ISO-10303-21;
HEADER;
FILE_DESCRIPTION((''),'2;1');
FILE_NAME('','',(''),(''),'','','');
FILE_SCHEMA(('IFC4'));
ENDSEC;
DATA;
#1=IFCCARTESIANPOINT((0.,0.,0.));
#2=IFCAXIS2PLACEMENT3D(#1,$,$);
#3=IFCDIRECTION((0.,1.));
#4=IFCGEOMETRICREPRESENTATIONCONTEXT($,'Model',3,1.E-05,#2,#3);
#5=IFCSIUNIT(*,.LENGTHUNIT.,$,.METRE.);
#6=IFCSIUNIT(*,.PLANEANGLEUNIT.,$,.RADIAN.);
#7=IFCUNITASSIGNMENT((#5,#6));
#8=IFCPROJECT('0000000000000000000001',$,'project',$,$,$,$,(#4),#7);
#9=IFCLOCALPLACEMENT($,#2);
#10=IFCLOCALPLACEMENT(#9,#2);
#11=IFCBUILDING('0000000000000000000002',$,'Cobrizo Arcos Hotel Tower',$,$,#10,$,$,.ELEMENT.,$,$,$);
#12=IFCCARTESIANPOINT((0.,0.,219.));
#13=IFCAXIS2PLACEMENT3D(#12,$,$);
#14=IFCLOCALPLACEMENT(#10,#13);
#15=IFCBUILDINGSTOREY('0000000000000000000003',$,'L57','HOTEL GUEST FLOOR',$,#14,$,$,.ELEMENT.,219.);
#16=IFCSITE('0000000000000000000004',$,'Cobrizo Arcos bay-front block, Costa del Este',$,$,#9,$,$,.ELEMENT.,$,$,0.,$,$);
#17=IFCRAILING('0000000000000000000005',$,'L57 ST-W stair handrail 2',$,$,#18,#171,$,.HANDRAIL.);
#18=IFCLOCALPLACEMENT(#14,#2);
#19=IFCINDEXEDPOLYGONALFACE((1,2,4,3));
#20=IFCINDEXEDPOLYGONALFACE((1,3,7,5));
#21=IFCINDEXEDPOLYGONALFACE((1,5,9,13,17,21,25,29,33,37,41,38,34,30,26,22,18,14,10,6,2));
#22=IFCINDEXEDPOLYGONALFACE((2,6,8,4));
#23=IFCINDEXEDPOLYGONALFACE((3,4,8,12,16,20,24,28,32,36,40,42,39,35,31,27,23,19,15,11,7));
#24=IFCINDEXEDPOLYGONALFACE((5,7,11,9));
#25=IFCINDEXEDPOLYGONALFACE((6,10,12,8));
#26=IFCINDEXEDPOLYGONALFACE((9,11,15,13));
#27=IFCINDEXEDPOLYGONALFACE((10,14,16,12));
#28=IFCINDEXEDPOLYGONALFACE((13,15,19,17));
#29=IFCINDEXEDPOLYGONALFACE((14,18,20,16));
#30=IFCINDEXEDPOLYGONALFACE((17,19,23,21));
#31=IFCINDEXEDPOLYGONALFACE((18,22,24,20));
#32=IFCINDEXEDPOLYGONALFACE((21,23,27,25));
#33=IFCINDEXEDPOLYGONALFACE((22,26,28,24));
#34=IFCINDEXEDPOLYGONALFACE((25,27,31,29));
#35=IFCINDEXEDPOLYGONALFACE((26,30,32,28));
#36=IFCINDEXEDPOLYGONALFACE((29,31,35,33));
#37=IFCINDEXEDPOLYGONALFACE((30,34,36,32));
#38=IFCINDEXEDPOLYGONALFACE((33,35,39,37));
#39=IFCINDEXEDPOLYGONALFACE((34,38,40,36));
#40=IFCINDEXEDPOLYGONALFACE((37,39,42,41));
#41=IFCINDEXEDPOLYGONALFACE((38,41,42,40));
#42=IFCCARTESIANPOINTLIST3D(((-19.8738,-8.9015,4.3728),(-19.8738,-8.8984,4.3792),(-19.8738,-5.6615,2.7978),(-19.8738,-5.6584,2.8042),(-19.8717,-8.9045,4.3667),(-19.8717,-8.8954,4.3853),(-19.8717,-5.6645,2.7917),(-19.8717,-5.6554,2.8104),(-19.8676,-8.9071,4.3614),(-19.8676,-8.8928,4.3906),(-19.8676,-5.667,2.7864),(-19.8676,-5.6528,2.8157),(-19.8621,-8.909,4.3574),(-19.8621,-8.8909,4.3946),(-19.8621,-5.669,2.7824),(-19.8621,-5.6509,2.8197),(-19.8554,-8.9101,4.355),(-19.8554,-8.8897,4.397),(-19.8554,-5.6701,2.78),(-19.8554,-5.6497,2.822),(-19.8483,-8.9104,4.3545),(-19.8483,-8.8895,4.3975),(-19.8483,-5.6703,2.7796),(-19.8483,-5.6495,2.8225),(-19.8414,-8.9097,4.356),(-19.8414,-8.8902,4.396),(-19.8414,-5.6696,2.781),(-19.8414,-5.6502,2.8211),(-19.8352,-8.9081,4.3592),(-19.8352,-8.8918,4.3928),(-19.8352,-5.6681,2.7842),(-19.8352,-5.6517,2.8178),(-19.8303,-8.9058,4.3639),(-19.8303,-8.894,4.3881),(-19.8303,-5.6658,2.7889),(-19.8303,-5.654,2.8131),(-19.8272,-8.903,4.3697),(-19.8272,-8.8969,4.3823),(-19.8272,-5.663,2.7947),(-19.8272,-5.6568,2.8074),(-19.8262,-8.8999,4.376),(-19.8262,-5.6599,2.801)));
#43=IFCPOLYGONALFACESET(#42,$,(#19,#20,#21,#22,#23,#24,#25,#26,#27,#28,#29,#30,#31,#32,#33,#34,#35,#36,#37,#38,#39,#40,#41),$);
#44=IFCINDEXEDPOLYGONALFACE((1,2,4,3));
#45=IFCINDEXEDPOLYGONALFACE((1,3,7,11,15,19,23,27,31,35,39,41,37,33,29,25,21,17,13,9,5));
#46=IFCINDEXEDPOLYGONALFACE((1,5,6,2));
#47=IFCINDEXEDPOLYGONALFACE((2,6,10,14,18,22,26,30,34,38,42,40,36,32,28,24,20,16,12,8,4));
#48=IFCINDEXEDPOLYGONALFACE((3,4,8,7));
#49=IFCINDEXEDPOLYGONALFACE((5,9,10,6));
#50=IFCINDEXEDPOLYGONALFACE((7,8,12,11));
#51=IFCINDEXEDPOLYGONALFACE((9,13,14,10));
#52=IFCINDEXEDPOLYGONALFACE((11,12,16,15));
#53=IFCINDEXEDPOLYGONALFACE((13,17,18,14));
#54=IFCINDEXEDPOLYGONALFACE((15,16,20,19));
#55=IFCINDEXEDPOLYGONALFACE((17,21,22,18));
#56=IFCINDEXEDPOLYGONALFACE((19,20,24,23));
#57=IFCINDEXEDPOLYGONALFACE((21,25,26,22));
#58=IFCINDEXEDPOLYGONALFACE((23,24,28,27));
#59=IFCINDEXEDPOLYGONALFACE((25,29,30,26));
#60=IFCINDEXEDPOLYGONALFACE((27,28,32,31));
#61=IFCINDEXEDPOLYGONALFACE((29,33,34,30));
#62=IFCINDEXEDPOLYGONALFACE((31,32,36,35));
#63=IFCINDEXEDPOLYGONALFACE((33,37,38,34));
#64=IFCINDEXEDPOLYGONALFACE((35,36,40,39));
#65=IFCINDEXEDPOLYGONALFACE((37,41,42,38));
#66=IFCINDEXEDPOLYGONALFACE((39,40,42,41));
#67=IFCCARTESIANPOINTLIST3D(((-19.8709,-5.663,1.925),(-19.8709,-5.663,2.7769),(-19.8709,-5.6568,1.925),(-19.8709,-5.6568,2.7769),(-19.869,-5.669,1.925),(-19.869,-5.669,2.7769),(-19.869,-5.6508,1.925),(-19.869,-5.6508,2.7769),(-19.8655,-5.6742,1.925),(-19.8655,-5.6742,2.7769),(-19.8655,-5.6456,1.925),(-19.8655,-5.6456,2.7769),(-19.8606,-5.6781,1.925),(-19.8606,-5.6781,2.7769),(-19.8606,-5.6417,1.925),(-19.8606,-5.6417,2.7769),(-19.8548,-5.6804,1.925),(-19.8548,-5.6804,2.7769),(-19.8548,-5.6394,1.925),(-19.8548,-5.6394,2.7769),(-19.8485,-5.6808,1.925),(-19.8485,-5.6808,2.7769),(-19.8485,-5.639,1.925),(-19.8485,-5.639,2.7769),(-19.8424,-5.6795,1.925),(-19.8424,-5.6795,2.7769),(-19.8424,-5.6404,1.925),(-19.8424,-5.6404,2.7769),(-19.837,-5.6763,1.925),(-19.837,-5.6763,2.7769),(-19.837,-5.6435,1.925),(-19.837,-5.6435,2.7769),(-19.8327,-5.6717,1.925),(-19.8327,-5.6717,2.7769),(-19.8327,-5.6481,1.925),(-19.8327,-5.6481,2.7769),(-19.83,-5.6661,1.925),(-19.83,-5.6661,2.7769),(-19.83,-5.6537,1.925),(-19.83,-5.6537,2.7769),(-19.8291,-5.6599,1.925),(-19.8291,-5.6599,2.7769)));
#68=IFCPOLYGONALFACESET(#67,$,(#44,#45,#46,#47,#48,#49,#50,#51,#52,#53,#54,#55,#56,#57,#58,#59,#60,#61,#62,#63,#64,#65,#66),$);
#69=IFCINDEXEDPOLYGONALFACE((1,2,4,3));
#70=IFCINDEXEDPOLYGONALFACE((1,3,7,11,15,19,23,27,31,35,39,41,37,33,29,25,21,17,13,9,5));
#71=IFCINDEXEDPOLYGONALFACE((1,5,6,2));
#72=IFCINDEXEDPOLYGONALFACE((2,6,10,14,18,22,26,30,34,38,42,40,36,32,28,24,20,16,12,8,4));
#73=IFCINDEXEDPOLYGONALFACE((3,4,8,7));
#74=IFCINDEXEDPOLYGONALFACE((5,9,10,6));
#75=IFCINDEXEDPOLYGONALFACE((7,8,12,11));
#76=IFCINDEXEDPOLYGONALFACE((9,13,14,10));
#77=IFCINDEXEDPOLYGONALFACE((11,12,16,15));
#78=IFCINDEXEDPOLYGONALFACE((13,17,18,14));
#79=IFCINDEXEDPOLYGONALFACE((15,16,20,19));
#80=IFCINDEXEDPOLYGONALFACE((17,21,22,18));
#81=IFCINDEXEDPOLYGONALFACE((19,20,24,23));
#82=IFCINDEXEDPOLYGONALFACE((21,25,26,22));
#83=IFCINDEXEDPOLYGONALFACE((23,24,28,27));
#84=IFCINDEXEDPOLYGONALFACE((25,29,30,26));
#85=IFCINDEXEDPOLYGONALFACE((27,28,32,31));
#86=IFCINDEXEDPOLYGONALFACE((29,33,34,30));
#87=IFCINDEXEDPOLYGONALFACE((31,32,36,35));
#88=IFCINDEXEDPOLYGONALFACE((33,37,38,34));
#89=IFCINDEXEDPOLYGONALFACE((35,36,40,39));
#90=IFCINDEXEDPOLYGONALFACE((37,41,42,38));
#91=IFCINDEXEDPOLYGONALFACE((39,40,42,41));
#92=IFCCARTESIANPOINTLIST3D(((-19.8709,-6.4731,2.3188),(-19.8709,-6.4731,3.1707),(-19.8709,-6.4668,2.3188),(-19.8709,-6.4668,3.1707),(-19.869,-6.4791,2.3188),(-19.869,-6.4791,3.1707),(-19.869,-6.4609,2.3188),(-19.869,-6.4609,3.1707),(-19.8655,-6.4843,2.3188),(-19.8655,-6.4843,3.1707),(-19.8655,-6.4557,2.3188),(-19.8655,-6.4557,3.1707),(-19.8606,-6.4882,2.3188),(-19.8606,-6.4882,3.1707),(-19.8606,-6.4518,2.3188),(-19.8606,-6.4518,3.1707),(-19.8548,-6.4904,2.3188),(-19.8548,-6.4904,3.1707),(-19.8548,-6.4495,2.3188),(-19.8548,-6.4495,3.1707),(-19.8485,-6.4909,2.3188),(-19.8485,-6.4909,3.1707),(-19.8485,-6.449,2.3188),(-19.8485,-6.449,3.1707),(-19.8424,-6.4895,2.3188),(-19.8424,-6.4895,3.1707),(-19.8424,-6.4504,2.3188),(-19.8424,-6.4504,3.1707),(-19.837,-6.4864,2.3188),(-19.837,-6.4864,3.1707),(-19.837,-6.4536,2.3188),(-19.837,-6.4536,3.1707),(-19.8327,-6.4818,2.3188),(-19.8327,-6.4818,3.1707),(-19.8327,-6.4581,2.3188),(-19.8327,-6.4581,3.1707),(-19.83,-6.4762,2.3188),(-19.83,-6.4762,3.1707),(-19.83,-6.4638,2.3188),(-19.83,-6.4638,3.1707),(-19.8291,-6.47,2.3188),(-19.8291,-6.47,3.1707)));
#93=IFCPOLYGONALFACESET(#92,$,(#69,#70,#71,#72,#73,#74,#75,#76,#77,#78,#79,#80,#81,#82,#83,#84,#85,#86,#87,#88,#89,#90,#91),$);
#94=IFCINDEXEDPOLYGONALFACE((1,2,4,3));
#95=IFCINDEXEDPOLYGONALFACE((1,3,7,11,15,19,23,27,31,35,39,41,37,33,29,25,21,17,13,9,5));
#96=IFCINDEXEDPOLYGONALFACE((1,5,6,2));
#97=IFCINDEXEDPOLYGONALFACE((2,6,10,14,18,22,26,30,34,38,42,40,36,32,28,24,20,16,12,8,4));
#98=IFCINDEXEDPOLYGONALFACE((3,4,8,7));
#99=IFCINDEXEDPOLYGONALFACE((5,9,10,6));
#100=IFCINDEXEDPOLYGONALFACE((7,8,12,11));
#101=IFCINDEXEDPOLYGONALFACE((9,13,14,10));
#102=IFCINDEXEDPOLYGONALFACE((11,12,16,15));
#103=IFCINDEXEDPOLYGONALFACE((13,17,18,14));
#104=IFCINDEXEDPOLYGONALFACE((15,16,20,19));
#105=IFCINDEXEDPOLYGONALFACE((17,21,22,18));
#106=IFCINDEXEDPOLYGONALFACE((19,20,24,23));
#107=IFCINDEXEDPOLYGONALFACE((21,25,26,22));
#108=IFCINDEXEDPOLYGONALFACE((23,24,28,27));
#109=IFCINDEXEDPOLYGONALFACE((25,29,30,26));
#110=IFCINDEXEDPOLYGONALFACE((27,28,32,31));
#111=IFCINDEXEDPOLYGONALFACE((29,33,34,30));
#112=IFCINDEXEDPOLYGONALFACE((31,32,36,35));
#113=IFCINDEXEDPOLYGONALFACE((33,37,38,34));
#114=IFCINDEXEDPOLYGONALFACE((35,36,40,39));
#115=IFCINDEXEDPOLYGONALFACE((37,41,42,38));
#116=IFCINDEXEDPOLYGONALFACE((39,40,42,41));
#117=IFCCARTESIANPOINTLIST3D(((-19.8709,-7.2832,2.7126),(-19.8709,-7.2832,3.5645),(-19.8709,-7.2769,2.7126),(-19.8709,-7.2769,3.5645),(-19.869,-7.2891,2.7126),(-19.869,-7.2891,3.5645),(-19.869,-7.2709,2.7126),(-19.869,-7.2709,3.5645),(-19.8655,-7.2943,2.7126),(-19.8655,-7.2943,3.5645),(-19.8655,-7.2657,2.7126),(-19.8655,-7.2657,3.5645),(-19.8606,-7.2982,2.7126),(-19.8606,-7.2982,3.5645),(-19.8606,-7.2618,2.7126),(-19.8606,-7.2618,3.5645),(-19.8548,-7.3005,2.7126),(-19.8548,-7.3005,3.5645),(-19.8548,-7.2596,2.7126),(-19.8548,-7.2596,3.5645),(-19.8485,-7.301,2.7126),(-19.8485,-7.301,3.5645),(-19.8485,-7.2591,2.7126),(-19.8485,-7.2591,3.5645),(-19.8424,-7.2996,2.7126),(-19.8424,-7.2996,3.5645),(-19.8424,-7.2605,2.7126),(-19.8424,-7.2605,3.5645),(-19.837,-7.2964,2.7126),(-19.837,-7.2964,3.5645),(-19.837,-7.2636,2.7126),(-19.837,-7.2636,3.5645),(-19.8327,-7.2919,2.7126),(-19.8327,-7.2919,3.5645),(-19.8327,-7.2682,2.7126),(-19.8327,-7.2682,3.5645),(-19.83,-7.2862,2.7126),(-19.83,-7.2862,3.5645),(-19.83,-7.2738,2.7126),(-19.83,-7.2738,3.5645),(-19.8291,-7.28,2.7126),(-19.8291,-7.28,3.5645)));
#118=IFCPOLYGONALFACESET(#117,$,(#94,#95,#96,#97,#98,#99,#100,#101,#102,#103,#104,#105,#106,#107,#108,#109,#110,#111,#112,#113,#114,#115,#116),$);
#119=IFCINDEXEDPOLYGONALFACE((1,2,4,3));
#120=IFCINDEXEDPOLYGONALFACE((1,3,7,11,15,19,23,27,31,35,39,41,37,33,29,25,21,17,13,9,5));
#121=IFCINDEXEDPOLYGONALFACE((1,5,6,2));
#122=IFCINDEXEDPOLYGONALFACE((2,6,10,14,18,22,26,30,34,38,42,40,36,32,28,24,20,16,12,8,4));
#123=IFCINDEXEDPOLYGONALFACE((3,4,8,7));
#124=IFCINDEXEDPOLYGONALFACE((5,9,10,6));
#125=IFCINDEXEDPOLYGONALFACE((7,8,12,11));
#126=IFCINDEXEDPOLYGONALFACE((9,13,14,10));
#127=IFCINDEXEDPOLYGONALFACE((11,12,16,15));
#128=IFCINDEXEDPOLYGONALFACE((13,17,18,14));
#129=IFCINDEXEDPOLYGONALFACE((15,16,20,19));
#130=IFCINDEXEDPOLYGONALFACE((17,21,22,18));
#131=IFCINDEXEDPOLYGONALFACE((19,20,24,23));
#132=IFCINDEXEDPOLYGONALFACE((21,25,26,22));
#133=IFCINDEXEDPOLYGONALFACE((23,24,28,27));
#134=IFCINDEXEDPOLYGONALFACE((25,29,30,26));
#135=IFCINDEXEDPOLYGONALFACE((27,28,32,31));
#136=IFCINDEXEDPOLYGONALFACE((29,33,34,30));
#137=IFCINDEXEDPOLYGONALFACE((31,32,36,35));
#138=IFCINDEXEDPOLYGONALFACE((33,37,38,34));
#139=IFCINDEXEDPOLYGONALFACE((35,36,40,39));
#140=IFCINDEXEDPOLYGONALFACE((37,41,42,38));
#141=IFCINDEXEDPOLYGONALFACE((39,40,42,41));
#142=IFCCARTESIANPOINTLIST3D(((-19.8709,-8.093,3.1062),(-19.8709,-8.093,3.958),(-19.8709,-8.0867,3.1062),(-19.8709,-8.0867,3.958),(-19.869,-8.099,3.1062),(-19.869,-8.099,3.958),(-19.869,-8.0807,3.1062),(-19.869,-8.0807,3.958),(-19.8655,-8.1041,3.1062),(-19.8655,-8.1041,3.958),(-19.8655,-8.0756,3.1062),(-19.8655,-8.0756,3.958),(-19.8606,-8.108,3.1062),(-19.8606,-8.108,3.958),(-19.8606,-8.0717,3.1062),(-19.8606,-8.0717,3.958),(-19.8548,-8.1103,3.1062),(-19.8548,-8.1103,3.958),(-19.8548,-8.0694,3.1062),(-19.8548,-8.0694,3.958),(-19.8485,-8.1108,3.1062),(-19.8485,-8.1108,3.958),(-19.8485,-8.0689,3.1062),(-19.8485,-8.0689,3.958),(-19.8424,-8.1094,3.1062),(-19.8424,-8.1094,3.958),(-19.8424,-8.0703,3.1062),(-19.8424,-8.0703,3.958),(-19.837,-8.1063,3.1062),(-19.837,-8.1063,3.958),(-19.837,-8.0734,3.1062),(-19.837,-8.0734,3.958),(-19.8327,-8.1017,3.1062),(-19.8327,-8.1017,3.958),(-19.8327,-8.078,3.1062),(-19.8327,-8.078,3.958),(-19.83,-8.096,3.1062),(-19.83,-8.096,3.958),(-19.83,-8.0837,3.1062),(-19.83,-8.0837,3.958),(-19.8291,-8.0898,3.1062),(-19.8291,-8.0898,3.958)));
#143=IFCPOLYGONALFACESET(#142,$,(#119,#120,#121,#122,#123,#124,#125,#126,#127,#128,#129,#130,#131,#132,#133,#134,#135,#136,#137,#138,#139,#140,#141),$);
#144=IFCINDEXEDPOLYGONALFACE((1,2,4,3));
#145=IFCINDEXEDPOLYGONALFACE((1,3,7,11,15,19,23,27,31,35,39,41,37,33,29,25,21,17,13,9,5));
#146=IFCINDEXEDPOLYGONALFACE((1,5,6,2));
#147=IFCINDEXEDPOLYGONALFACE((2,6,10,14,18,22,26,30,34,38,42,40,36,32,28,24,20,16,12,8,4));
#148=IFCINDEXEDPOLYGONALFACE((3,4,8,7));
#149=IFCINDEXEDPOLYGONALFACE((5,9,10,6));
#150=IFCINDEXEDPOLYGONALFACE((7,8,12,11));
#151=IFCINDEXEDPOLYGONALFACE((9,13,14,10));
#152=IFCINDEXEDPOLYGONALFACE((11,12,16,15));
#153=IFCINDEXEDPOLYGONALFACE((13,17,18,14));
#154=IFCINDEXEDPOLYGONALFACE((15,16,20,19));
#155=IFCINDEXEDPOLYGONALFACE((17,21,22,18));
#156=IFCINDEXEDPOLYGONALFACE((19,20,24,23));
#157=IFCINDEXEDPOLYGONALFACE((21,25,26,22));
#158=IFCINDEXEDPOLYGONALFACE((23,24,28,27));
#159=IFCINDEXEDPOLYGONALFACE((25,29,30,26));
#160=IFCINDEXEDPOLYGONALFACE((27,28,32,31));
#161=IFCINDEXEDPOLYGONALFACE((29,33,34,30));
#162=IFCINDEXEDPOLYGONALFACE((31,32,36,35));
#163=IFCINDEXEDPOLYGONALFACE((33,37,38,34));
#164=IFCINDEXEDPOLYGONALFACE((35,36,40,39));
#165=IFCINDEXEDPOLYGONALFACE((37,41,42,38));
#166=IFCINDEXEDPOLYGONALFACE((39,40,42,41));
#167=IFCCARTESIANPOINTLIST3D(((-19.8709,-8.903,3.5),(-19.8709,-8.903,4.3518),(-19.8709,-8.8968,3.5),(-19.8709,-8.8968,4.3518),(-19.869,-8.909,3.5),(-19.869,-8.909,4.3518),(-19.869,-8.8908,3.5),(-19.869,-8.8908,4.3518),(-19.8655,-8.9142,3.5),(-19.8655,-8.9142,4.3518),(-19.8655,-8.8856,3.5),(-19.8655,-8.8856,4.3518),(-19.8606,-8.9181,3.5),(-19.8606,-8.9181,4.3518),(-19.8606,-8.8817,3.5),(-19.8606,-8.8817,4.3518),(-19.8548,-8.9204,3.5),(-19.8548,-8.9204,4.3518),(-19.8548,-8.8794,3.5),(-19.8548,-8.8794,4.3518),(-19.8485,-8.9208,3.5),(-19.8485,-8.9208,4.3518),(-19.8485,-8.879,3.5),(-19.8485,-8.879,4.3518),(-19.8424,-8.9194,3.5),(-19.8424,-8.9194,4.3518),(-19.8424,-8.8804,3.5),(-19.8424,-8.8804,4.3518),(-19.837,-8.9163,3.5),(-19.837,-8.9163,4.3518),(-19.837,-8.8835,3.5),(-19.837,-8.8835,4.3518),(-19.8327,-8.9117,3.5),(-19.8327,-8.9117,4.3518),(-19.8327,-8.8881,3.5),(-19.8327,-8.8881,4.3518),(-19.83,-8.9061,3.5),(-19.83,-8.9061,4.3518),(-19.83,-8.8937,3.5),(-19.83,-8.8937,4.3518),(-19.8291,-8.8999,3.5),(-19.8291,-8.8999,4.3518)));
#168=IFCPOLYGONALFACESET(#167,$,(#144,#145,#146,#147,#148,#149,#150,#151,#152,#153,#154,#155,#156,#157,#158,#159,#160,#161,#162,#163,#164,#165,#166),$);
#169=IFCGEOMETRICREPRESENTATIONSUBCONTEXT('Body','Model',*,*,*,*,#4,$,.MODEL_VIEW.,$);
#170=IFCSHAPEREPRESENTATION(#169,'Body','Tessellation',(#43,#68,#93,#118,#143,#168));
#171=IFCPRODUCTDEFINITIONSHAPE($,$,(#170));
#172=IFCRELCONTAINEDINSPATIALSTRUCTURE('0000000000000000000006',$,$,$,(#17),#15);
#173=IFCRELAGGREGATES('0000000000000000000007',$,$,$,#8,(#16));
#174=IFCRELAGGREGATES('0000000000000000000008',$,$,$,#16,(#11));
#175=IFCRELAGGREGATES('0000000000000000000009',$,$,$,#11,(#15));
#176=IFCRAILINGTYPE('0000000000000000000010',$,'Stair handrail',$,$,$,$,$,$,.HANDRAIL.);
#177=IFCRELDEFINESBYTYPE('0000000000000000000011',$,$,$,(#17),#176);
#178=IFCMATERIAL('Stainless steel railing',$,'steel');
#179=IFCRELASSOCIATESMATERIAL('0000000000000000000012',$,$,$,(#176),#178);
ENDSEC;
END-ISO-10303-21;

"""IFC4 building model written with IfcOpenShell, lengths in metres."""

from ifc_helpers import new_model, si_unit, direction, frame, origin, origin_2d, place, context, subcontext, project, spatial, circle, extrude, material, type_object, element, save


model = new_model("IFC4")

# Units and contexts
model_context = context("Model", 3, precision=1e-05, world=origin(), true_north=direction((0.0, 1.0)))
body_context = subcontext(model_context, "Body", "Model", "MODEL_VIEW")
ifc_project = project(units=[si_unit("LENGTHUNIT", "METRE"), si_unit("PLANEANGLEUNIT", "RADIAN")], contexts=[model_context])

# Site, building, storey
site_placement = place(None, origin())
site = spatial("IfcSite", under=ifc_project, at=site_placement, Name="Cobrizo Arcos bay-front block, Costa del Este", CompositionType="ELEMENT", RefElevation=0.0)
building_placement = place(site_placement, origin())
building = spatial("IfcBuilding", under=site, at=building_placement, Name="Cobrizo Arcos Hotel Tower", CompositionType="ELEMENT")
storey_placement = place(building_placement, frame((0.0, 0.0, 219.0)))
storey = spatial("IfcBuildingStorey", under=building, at=storey_placement, Name="L57", Description="HOTEL GUEST FLOOR", CompositionType="ELEMENT", Elevation=219.0)

# Railing
ifc_material_1 = material(Name="Stainless steel railing", Category="steel")
railing_type_1 = type_object("IfcRailingType", Name="Stair handrail", PredefinedType="HANDRAIL", material=ifc_material_1)
railing_1_placement = place(storey_placement, frame((-19.8501, -5.6599, 1.925)))
element("IfcRailing", 1, at=railing_1_placement, inside=storey, type_object=railing_type_1, Name="L57 ST-W stair handrail 2", PredefinedType="HANDRAIL", context=body_context, shape_type="SweptSolid", body=[
    extrude(circle(Radius=0.0239, at=origin_2d()), frame((0.0, 0.0, 0.876), z_axis=(0.0, -0.899373, 0.437183), x_axis=(1.0, 0.0, 0.0)), (0.0, 0.0, 1.0), 3.6025),
    extrude(circle(Radius=0.021, at=origin_2d()), origin(), (0.0, 0.0, 1.0), 0.8518),
    extrude(circle(Radius=0.021, at=origin_2d()), frame((0.0, -0.8101, 0.3938)), (0.0, 0.0, 1.0), 0.8518),
    extrude(circle(Radius=0.021, at=origin_2d()), frame((0.0, -1.6201, 0.7876)), (0.0, 0.0, 1.0), 0.8518),
    extrude(circle(Radius=0.021, at=origin_2d()), frame((0.0, -2.4299, 1.1812)), (0.0, 0.0, 1.0), 0.8518),
    extrude(circle(Radius=0.021, at=origin_2d()), frame((0.0, -3.24, 1.575)), (0.0, 0.0, 1.0), 0.8518),
])

save(model, "model.ifc")
